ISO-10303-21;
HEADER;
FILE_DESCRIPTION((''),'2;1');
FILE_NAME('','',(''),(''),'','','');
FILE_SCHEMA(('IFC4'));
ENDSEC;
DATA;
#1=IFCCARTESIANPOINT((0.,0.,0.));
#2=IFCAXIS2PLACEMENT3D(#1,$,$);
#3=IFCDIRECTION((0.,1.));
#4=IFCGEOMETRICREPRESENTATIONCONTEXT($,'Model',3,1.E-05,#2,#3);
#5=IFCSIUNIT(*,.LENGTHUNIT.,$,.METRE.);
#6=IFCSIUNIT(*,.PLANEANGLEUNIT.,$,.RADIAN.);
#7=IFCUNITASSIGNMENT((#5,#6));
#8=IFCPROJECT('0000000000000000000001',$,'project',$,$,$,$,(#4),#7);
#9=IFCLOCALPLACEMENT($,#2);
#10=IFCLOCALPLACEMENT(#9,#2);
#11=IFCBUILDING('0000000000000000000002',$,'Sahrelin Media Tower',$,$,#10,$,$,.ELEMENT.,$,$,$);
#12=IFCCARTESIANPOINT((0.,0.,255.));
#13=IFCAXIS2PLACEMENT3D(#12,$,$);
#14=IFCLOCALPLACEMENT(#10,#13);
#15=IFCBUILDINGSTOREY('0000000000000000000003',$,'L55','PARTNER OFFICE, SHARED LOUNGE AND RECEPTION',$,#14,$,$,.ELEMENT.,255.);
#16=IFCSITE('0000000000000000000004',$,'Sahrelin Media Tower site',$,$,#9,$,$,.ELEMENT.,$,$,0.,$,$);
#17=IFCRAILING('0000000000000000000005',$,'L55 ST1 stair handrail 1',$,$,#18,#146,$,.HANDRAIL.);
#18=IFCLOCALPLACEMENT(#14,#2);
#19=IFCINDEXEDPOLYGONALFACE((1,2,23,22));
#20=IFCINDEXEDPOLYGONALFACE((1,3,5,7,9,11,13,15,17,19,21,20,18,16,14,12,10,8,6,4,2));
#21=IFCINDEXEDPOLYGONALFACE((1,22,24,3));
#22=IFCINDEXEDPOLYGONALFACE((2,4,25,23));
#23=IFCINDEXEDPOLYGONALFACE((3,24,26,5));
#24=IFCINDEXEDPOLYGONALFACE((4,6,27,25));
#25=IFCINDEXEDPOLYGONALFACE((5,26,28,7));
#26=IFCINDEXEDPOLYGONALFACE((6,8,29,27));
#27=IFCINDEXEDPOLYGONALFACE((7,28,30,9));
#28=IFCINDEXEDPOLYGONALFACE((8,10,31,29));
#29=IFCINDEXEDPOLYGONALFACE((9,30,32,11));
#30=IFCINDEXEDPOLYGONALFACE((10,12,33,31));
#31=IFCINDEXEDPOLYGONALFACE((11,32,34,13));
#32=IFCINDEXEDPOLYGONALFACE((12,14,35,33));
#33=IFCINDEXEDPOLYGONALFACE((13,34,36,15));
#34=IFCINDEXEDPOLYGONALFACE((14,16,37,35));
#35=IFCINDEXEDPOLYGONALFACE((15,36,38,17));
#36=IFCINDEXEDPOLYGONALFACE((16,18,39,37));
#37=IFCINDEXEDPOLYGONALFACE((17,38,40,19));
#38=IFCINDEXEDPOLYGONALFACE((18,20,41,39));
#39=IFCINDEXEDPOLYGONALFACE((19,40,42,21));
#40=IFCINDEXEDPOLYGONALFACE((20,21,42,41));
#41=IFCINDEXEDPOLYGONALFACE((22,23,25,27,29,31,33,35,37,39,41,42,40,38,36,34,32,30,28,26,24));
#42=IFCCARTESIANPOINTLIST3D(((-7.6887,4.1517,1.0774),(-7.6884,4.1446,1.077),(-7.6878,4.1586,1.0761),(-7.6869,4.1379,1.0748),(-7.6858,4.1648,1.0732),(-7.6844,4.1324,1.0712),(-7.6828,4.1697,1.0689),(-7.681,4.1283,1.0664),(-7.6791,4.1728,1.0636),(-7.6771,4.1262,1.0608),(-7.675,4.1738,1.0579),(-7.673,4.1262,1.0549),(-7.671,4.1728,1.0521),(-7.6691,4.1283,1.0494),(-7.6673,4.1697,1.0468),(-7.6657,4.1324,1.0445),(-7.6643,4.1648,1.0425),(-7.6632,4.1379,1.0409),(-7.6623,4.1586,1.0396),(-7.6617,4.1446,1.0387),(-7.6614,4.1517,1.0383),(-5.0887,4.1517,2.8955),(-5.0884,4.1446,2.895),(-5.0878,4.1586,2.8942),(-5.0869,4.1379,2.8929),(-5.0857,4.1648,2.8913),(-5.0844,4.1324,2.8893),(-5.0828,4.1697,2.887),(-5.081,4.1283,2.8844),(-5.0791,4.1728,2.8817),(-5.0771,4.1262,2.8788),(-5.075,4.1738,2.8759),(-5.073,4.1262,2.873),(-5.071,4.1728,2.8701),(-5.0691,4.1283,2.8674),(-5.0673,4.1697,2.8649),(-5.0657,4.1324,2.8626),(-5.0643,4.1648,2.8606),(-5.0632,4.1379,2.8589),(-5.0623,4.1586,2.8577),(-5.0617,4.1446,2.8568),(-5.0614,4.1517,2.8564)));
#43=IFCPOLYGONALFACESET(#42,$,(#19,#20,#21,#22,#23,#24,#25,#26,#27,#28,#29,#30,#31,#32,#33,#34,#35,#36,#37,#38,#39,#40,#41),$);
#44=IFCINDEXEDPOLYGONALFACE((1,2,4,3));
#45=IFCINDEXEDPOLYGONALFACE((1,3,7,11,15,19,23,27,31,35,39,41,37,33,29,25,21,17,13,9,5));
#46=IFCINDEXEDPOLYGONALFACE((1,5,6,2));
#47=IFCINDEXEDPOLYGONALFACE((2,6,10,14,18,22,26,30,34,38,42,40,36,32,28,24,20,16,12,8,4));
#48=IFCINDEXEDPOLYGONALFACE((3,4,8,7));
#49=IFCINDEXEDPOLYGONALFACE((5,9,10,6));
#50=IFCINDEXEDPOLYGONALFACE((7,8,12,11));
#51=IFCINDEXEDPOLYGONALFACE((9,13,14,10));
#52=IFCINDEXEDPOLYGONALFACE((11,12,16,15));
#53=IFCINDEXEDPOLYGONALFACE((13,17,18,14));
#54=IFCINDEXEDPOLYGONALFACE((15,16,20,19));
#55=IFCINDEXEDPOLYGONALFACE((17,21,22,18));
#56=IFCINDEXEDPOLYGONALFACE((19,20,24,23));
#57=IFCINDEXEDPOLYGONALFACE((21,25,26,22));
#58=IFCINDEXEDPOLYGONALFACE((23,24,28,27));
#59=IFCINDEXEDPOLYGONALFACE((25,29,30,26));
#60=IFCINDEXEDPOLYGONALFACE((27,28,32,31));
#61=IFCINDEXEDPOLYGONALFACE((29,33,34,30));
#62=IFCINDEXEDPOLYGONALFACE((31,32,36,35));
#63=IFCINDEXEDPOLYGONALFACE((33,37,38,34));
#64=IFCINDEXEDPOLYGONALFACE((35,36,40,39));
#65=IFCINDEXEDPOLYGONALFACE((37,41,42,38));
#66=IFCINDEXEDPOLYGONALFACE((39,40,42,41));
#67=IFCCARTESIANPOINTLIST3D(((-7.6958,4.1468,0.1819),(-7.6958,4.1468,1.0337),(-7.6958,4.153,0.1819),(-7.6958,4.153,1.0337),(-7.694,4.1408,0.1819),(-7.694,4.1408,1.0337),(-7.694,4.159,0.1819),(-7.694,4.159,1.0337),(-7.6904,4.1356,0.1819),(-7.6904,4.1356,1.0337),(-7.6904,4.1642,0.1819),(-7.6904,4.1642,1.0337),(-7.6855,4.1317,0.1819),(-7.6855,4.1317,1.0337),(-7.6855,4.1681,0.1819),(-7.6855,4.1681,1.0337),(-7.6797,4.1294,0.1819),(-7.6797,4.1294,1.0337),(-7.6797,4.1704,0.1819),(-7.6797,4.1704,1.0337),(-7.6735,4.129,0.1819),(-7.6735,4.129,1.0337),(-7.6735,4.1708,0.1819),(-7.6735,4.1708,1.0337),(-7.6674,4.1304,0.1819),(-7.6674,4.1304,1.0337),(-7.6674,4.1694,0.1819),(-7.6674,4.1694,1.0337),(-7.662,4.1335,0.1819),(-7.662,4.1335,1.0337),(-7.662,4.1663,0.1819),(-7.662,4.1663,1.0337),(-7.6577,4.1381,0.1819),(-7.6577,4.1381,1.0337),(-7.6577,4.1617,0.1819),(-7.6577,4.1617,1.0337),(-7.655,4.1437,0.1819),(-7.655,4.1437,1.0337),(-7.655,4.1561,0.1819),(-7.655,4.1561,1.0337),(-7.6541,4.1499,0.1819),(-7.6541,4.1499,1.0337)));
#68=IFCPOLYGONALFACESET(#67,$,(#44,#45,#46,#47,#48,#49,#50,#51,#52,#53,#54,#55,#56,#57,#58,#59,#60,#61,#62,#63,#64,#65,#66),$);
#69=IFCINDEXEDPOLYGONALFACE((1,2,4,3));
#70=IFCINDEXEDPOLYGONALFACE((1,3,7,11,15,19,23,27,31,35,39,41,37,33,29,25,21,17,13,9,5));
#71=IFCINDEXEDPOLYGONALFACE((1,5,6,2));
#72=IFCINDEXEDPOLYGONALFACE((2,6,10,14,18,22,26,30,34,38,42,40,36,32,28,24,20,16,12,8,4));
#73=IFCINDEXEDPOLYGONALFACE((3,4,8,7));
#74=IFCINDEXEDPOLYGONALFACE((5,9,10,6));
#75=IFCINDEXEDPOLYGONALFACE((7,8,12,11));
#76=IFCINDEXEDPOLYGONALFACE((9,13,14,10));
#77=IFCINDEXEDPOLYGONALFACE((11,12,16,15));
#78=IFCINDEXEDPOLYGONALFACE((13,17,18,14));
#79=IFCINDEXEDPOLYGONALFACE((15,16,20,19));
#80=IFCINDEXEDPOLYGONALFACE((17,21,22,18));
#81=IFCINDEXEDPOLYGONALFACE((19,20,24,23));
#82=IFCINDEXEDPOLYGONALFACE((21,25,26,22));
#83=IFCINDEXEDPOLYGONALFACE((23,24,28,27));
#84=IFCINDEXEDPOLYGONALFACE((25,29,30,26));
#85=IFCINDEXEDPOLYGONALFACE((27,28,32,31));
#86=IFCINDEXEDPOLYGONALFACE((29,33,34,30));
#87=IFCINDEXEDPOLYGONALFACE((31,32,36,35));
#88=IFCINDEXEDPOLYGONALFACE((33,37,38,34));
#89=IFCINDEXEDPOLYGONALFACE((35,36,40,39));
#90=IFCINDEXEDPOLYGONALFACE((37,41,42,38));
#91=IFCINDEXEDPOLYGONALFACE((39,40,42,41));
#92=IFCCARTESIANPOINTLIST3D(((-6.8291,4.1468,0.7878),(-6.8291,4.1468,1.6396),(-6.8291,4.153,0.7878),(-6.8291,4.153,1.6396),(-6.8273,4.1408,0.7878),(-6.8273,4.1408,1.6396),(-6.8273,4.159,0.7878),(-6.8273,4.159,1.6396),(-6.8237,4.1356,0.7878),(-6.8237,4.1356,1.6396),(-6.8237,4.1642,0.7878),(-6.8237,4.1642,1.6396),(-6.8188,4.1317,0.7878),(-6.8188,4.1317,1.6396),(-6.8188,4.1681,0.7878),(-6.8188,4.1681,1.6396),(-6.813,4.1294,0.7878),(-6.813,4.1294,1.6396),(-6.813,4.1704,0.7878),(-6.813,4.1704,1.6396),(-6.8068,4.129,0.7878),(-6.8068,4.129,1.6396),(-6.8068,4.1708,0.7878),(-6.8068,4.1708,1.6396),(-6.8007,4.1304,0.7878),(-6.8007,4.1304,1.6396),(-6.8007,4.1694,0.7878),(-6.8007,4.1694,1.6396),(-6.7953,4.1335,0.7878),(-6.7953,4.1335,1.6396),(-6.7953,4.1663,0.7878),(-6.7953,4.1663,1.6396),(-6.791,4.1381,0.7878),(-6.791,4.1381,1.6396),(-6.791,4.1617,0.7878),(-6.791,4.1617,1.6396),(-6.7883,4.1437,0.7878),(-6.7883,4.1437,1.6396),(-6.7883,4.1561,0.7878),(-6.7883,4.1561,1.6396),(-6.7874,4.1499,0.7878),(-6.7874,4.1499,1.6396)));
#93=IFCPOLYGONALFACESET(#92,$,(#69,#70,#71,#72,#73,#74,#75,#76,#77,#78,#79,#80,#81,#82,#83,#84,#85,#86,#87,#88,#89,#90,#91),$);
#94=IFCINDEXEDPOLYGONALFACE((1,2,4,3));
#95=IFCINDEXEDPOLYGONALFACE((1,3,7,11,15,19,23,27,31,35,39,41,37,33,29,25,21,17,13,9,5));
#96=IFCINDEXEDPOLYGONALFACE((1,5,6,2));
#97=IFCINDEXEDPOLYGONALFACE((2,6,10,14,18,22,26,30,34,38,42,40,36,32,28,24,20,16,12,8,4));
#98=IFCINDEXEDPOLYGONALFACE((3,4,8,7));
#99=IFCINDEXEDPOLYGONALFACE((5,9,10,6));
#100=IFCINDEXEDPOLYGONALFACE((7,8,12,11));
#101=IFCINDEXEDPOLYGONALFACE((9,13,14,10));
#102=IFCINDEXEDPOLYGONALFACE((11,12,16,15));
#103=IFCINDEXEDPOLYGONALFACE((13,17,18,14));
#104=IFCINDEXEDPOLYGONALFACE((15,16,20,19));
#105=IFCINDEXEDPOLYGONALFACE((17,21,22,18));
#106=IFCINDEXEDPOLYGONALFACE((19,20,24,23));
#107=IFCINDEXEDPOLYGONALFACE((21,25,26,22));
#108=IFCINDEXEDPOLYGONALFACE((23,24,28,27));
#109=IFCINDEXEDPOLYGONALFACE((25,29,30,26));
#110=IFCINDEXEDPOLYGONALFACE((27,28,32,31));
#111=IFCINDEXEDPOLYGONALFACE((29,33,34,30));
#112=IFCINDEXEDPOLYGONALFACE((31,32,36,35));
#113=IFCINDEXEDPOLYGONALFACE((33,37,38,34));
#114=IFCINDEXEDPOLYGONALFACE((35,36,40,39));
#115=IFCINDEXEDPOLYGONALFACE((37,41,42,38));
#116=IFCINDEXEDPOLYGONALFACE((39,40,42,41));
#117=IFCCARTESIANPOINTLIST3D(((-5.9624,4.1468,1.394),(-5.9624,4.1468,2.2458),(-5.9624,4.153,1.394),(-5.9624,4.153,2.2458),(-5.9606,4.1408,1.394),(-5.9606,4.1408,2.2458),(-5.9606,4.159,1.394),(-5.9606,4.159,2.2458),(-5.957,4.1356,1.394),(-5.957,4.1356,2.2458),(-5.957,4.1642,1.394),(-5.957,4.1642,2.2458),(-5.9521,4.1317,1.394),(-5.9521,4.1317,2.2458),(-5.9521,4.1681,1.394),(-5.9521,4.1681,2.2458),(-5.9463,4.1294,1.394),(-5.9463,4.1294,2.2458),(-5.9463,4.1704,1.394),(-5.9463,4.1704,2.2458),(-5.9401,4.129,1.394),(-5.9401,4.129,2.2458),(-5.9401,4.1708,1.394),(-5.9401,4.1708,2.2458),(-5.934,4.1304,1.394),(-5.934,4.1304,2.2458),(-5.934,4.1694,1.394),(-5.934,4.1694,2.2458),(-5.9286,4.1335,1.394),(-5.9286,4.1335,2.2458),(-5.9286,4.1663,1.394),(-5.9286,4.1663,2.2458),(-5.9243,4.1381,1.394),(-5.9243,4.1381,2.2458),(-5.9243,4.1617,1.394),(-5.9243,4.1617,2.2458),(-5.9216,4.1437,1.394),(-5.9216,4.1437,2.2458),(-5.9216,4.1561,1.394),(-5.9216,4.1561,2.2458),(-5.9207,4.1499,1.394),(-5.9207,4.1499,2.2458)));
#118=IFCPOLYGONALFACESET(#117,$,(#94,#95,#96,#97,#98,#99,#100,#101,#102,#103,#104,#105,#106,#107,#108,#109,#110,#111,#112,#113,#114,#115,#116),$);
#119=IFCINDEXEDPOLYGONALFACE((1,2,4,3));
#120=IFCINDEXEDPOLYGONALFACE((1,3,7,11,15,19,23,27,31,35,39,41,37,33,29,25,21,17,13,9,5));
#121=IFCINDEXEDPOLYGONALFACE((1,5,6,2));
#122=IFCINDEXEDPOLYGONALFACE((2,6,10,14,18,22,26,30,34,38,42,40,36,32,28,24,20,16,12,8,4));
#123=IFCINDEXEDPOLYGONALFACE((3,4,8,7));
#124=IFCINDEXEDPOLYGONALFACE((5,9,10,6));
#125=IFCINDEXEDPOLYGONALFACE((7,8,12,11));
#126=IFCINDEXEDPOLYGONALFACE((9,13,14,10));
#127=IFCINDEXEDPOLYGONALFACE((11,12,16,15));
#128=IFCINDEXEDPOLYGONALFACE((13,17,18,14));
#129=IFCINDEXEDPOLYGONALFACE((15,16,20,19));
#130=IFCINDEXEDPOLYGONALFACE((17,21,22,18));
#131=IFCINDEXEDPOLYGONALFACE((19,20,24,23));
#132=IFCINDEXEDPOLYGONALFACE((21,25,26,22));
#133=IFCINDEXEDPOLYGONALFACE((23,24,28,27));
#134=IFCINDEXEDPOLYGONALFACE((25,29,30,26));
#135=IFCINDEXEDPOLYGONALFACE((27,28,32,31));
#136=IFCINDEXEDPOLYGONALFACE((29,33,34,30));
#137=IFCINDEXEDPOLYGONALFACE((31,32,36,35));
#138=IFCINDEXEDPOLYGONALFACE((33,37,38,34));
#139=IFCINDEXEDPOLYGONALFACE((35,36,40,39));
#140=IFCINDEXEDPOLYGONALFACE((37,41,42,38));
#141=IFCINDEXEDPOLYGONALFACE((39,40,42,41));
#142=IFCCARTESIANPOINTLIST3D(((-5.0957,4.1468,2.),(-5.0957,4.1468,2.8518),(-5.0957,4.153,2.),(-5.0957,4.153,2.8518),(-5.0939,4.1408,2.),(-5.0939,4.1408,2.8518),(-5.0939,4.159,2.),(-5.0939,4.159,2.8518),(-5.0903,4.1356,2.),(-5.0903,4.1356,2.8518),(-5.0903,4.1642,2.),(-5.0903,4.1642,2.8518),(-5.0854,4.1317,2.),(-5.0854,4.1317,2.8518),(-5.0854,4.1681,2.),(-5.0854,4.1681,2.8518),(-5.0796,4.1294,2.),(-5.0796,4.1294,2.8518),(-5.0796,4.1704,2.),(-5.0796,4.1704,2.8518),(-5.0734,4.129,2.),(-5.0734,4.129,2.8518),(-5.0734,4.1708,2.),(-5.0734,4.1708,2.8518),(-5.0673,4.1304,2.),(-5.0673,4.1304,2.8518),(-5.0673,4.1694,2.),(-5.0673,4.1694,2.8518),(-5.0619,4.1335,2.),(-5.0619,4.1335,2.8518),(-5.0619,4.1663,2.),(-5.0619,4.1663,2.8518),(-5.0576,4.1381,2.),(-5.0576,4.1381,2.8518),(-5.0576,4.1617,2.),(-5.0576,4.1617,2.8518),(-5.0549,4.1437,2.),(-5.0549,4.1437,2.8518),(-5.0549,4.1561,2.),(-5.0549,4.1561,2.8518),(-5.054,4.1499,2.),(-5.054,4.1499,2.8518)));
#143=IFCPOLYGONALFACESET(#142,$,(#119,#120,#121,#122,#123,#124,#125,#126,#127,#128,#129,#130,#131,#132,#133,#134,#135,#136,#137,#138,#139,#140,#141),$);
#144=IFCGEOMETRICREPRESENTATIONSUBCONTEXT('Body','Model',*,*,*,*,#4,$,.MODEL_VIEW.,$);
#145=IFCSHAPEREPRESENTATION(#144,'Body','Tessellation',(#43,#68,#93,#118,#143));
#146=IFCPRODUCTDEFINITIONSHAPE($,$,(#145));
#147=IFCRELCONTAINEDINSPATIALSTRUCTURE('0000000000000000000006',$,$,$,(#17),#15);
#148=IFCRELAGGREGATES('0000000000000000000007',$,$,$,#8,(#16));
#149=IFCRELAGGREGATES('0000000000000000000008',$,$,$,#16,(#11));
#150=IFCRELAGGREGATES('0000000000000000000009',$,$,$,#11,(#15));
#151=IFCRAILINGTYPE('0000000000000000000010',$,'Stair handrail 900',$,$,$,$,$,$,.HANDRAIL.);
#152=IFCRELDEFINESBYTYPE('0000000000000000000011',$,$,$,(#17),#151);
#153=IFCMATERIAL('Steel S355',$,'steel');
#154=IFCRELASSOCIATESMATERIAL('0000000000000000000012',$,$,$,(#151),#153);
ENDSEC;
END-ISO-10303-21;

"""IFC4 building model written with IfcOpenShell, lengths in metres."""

from ifc_helpers import new_model, si_unit, direction, frame, origin, origin_2d, place, context, subcontext, project, spatial, circle, extrude, material, type_object, element, save


model = new_model("IFC4")

# Units and contexts
model_context = context("Model", 3, precision=1e-05, world=origin(), true_north=direction((0.0, 1.0)))
body_context = subcontext(model_context, "Body", "Model", "MODEL_VIEW")
ifc_project = project(units=[si_unit("LENGTHUNIT", "METRE"), si_unit("PLANEANGLEUNIT", "RADIAN")], contexts=[model_context])

# Site, building, storey
site_placement = place(None, origin())
site = spatial("IfcSite", under=ifc_project, at=site_placement, Name="Sahrelin Media Tower site", CompositionType="ELEMENT", RefElevation=0.0)
building_placement = place(site_placement, origin())
building = spatial("IfcBuilding", under=site, at=building_placement, Name="Sahrelin Media Tower", CompositionType="ELEMENT")
storey_placement = place(building_placement, frame((0.0, 0.0, 255.0)))
storey = spatial("IfcBuildingStorey", under=building, at=storey_placement, Name="L55", Description="PARTNER OFFICE, SHARED LOUNGE AND RECEPTION", CompositionType="ELEMENT", Elevation=255.0)

# Shared definitions
ifc_material_1 = material(Name="Steel S355", Category="steel")

# Railing
railing_type_1 = type_object("IfcRailingType", Name="Stair handrail 900", PredefinedType="HANDRAIL", material=ifc_material_1)
railing_1_placement = place(storey_placement, frame((-7.675, 4.1499, 0.1819)))
element("IfcRailing", 1, at=railing_1_placement, inside=storey, type_object=railing_type_1, Name="L55 ST1 stair handrail 1", PredefinedType="HANDRAIL", context=body_context, shape_type="SweptSolid", body=[
    extrude(circle(Radius=0.0239, at=origin_2d()), frame((0.0, 0.0, 0.876), z_axis=(0.819521, 0.0, 0.573049), x_axis=(0.0, 1.0, 0.0)), (0.0, 0.0, 1.0), 3.1726),
    extrude(circle(Radius=0.021, at=origin_2d()), origin(), (0.0, 0.0, 1.0), 0.8518),
    extrude(circle(Radius=0.021, at=origin_2d()), frame((0.8667, 0.0, 0.606)), (0.0, 0.0, 1.0), 0.8518),
    extrude(circle(Radius=0.021, at=origin_2d()), frame((1.7334, 0.0, 1.2122)), (0.0, 0.0, 1.0), 0.8518),
    extrude(circle(Radius=0.021, at=origin_2d()), frame((2.6001, 0.0, 1.8181)), (0.0, 0.0, 1.0), 0.8518),
])

save(model, "model.ifc")
